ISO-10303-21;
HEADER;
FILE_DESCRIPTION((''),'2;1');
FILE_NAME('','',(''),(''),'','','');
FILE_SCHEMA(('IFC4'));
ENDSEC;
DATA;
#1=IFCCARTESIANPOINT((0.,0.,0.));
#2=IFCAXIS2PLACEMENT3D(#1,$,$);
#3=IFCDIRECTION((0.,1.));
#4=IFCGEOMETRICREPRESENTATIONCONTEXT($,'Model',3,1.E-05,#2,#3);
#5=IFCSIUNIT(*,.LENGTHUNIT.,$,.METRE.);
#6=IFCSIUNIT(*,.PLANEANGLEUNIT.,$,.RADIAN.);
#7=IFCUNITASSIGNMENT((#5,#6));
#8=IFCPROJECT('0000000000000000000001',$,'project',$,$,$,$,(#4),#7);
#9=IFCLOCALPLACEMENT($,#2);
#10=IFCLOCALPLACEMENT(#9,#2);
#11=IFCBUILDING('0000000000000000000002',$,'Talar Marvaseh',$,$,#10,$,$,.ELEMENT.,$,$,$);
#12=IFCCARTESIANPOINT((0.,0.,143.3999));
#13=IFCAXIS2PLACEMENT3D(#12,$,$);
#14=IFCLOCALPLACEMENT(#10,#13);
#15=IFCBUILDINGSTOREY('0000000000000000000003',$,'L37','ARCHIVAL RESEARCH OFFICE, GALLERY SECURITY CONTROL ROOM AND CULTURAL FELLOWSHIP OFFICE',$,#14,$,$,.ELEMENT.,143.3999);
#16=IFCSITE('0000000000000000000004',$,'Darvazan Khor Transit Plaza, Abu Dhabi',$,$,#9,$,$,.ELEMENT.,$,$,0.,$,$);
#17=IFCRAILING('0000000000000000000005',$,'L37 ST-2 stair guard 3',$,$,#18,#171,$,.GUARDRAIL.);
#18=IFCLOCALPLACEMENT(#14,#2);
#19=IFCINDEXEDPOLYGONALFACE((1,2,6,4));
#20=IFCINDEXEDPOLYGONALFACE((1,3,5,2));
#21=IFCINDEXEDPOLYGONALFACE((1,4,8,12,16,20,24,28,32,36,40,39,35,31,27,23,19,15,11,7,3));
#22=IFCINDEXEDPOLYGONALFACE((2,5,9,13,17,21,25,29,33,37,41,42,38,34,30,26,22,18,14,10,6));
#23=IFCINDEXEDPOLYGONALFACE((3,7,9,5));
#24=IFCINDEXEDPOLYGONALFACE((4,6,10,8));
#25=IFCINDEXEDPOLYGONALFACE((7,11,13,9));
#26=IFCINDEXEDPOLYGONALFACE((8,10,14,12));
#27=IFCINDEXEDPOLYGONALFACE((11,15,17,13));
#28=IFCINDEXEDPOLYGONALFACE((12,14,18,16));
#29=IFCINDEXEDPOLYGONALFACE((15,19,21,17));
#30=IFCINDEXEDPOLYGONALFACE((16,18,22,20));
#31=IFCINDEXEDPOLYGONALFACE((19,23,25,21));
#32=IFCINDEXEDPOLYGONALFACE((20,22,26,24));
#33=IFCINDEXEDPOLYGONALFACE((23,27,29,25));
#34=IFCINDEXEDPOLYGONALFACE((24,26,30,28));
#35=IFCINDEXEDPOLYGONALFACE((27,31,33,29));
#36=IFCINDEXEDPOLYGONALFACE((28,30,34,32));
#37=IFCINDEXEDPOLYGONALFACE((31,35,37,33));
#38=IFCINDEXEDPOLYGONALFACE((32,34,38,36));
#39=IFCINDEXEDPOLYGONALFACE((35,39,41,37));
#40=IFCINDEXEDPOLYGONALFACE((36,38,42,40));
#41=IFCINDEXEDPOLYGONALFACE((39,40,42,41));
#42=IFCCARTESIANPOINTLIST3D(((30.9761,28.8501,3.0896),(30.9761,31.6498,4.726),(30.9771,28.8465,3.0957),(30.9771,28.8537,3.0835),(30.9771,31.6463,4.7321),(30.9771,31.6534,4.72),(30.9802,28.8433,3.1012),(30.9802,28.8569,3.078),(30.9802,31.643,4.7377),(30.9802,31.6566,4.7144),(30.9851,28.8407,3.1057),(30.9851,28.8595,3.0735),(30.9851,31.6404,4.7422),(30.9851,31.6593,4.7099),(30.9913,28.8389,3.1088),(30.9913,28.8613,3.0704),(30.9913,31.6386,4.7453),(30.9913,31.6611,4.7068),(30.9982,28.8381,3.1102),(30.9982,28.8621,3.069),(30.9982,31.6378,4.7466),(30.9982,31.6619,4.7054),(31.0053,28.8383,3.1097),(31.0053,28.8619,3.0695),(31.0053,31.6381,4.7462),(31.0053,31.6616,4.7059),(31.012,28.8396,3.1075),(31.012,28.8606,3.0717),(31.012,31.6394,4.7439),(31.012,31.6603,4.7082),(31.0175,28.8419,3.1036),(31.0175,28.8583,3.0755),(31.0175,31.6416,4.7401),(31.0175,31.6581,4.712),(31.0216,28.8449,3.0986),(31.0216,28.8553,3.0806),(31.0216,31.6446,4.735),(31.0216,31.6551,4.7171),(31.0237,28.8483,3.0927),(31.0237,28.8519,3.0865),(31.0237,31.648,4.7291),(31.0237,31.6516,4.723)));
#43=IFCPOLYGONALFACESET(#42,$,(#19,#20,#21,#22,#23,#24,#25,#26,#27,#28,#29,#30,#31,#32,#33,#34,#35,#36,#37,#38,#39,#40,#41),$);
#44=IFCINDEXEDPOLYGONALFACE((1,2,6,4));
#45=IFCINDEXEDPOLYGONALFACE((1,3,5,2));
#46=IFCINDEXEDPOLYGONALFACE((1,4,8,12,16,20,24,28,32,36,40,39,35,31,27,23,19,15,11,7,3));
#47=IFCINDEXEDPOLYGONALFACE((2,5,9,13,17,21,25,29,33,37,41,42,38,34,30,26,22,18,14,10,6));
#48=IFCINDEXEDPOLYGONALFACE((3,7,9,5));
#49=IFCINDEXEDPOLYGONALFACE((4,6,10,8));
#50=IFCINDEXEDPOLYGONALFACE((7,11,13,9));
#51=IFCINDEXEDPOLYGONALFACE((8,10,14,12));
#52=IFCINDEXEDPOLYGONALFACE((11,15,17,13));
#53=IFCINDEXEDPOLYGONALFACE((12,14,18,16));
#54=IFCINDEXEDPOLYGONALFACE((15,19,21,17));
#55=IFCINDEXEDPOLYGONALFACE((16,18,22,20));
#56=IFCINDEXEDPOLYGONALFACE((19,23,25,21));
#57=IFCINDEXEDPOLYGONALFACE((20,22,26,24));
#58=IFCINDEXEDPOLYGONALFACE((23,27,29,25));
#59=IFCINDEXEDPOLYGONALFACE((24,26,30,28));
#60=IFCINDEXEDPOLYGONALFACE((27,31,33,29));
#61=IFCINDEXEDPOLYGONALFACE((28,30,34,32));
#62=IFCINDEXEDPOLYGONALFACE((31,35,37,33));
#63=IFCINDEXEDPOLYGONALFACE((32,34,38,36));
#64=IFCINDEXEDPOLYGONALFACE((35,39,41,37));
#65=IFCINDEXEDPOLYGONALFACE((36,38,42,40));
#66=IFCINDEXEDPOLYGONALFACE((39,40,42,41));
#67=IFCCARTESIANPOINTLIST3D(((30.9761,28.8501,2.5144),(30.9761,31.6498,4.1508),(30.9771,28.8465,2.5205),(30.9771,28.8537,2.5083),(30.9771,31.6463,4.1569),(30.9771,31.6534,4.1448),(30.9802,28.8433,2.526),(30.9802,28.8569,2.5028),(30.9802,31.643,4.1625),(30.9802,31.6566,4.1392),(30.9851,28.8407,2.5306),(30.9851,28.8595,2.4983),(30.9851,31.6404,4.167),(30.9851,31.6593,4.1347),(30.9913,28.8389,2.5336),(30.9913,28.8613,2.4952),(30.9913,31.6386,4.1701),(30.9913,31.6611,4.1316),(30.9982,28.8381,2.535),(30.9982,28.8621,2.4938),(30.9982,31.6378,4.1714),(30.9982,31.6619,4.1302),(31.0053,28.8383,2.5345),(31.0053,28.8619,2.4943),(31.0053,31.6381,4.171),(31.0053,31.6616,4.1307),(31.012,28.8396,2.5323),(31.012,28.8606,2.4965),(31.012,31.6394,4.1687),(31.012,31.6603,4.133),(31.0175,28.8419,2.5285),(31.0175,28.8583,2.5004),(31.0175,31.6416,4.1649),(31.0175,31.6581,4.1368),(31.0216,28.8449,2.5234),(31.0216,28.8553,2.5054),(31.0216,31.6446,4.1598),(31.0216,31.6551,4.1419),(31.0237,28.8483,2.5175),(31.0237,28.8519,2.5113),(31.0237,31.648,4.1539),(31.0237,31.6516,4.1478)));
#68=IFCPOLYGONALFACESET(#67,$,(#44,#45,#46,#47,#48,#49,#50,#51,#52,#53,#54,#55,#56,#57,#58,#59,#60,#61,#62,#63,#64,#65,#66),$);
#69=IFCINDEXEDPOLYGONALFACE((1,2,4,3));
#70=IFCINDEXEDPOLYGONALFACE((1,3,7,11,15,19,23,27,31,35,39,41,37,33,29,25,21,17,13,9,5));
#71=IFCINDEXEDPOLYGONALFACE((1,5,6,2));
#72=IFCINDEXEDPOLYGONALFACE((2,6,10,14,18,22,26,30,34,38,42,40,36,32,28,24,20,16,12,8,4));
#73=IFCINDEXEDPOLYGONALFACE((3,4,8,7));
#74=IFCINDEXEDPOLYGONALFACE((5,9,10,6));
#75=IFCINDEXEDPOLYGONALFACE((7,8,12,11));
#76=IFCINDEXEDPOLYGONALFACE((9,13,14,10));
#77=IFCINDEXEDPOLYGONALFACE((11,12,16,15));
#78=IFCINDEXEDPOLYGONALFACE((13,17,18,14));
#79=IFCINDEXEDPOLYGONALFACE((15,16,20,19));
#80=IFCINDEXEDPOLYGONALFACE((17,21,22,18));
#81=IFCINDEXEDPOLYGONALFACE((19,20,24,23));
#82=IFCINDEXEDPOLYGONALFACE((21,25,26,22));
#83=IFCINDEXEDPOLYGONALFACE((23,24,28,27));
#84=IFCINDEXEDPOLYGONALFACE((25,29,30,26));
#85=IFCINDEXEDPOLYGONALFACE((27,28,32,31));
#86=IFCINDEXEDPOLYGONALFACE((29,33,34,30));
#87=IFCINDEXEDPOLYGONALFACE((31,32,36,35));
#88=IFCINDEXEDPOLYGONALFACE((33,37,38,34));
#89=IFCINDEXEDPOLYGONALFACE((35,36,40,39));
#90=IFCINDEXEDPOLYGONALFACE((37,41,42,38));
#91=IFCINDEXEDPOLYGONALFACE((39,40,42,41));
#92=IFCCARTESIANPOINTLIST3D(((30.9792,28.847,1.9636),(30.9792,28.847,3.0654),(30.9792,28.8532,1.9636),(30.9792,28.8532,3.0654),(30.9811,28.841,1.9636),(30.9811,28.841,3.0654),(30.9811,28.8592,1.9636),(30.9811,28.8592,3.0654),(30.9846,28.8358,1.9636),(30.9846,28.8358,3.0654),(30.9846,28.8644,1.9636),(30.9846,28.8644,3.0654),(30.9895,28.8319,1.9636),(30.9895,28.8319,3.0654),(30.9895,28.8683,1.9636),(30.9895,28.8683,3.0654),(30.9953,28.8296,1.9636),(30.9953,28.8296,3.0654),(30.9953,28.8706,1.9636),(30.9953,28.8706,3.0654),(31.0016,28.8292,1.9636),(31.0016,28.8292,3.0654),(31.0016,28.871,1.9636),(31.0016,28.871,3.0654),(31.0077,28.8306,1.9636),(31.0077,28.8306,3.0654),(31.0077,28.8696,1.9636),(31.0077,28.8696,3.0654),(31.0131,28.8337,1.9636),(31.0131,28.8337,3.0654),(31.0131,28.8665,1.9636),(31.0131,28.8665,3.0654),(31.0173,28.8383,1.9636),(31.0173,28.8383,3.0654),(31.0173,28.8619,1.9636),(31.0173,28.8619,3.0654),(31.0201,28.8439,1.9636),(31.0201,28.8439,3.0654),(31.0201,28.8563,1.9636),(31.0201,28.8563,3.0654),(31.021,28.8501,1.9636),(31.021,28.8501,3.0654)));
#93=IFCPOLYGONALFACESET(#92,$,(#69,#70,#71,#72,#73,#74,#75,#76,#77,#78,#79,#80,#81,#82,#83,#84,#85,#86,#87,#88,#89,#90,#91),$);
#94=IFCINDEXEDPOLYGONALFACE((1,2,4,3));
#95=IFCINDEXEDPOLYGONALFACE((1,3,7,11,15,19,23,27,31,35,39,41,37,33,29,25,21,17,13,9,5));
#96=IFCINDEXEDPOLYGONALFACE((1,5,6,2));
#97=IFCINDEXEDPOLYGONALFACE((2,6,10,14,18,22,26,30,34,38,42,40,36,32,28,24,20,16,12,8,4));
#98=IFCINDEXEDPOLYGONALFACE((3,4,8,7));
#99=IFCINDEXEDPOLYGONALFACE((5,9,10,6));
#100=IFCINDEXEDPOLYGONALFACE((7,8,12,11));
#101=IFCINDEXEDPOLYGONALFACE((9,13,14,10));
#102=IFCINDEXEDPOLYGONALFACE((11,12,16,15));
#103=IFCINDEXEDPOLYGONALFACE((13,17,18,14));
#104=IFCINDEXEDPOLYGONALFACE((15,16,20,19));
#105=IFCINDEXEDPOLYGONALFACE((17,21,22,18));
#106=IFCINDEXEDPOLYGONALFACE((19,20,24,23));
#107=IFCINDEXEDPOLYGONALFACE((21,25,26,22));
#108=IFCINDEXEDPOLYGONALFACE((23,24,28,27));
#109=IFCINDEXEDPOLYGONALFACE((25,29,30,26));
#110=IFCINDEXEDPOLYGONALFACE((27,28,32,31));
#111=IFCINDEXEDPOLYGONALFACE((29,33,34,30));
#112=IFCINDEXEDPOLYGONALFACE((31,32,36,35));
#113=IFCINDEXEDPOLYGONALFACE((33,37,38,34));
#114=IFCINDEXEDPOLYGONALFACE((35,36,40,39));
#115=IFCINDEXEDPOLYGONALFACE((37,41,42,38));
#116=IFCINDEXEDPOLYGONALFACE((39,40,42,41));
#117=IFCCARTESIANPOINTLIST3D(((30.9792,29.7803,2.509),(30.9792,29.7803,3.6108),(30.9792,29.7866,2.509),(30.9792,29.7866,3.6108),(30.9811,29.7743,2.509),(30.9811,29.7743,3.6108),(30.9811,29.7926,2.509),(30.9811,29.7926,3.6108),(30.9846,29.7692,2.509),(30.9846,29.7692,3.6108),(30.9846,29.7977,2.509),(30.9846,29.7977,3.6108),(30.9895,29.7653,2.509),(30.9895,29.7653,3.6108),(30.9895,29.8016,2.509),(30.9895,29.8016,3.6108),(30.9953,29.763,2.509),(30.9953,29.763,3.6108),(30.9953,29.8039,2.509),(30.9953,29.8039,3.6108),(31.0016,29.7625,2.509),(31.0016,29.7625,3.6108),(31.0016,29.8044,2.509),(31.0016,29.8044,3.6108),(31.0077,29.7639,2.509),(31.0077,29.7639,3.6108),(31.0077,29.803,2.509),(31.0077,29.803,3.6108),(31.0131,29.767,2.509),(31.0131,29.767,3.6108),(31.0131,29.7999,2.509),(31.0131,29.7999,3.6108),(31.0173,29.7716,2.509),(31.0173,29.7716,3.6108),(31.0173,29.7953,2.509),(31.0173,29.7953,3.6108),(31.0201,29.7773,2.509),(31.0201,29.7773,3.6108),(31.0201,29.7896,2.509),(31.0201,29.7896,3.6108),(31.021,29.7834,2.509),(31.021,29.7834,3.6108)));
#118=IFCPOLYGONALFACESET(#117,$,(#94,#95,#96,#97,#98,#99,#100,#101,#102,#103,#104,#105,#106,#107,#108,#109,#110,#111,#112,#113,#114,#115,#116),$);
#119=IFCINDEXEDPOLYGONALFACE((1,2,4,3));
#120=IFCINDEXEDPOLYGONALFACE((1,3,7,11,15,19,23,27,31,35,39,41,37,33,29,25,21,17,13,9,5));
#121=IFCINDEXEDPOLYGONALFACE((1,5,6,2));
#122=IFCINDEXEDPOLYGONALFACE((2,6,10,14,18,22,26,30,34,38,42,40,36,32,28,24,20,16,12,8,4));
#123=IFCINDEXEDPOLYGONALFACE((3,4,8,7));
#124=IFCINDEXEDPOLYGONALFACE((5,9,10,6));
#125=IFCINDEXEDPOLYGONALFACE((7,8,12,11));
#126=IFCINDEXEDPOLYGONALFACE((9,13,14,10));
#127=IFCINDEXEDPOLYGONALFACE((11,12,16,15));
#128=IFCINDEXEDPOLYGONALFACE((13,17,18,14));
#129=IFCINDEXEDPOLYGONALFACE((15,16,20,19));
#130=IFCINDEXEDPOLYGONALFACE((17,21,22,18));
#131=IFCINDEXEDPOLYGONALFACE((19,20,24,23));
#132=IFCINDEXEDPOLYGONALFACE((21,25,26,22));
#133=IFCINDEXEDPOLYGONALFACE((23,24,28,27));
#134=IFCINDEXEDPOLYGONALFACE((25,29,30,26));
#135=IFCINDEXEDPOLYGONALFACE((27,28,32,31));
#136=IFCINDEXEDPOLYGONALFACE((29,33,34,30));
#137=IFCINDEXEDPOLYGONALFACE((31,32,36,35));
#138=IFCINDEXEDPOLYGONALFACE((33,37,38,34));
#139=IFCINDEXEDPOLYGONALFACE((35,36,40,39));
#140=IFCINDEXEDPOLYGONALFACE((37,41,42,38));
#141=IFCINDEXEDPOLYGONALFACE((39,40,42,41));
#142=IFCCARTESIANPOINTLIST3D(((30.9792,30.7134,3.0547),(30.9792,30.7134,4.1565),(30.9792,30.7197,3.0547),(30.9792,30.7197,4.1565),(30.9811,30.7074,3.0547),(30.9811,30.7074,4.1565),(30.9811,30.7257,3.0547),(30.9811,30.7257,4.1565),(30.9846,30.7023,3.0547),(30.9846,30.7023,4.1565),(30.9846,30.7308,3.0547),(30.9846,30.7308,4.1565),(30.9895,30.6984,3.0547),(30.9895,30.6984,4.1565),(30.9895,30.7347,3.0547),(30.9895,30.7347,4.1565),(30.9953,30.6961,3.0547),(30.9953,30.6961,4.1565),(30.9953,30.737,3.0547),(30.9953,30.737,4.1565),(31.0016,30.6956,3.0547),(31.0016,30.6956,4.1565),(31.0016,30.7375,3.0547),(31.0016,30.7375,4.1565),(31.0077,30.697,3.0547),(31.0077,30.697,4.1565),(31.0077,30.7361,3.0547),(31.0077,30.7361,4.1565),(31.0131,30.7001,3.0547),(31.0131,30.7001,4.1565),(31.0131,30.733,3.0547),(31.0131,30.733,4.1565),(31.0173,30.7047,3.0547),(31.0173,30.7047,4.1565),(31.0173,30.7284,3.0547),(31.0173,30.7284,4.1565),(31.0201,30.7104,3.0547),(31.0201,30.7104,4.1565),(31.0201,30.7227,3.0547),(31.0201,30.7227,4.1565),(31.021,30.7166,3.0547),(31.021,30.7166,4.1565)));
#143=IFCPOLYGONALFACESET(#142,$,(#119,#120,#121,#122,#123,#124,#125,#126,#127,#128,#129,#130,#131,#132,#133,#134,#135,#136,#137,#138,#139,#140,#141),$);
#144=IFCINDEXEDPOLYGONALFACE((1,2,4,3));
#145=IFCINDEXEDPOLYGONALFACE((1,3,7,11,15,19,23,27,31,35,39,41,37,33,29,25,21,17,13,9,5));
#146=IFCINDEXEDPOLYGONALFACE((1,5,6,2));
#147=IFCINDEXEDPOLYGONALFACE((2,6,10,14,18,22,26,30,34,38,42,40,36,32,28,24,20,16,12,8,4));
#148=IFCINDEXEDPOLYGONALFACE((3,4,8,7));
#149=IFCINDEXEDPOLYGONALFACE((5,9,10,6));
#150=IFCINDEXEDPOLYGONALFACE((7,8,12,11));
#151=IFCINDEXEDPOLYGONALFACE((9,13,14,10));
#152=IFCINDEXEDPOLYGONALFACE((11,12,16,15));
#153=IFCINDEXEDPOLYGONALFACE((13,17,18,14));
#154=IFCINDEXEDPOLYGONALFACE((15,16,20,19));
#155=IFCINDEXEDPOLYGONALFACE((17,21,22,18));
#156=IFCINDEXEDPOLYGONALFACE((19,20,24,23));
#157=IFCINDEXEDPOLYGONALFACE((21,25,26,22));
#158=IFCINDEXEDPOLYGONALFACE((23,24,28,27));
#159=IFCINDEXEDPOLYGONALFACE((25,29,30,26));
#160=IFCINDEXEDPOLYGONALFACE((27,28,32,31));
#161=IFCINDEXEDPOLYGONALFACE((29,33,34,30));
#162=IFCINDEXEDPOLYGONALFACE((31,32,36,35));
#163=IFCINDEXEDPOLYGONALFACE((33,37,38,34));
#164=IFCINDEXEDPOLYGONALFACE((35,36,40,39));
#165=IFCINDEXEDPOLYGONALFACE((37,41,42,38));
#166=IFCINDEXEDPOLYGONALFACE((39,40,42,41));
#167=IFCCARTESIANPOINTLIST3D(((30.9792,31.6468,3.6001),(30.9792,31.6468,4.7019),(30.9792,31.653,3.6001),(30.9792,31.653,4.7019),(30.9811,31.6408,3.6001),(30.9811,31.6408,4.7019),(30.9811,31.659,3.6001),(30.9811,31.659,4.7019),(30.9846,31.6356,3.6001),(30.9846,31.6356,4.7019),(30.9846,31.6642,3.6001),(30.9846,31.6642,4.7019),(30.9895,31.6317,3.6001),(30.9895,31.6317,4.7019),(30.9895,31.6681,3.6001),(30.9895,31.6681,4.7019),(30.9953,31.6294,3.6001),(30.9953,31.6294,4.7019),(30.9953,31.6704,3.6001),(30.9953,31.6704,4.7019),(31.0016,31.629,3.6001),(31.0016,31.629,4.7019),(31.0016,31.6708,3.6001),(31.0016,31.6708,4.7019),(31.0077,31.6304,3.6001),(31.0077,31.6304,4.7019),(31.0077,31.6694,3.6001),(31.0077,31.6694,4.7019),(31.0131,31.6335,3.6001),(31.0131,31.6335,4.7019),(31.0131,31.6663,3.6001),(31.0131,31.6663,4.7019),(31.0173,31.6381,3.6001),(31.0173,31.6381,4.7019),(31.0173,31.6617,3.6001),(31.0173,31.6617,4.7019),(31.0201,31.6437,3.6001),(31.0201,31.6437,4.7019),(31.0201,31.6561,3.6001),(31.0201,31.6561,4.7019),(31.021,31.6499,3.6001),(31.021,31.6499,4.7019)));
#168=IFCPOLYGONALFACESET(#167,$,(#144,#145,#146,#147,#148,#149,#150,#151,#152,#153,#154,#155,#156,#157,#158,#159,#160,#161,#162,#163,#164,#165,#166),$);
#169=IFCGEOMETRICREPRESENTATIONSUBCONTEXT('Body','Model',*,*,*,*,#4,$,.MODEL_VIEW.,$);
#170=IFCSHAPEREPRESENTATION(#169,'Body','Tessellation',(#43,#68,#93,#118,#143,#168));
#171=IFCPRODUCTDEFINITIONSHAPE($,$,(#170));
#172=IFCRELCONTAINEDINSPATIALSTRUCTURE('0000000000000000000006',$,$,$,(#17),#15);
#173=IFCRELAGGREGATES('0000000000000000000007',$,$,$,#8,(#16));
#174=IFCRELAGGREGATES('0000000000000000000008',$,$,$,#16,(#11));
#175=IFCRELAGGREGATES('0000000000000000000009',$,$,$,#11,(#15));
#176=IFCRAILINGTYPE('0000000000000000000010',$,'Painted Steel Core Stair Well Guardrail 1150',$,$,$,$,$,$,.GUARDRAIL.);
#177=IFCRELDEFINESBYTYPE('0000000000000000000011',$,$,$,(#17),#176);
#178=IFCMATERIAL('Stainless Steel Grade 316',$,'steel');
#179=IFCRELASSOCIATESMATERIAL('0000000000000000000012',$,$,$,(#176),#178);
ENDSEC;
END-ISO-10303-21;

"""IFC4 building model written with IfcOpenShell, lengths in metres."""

from ifc_helpers import new_model, si_unit, direction, frame, origin, origin_2d, place, context, subcontext, project, spatial, circle, extrude, material, type_object, element, save


model = new_model("IFC4")

# Units and contexts
model_context = context("Model", 3, precision=1e-05, world=origin(), true_north=direction((0.0, 1.0)))
body_context = subcontext(model_context, "Body", "Model", "MODEL_VIEW")
ifc_project = project(units=[si_unit("LENGTHUNIT", "METRE"), si_unit("PLANEANGLEUNIT", "RADIAN")], contexts=[model_context])

# Site, building, storey
site_placement = place(None, origin())
site = spatial("IfcSite", under=ifc_project, at=site_placement, Name="Darvazan Khor Transit Plaza, Abu Dhabi", CompositionType="ELEMENT", RefElevation=0.0)
building_placement = place(site_placement, origin())
building = spatial("IfcBuilding", under=site, at=building_placement, Name="Talar Marvaseh", CompositionType="ELEMENT")
storey_placement = place(building_placement, frame((0.0, 0.0, 143.3999)))
storey = spatial("IfcBuildingStorey", under=building, at=storey_placement, Name="L37", Description="ARCHIVAL RESEARCH OFFICE, GALLERY SECURITY CONTROL ROOM AND CULTURAL FELLOWSHIP OFFICE", CompositionType="ELEMENT", Elevation=143.3999)

# Shared definitions
ifc_material_1 = material(Name="Stainless Steel Grade 316", Category="steel")

# Railing
railing_type_1 = type_object("IfcRailingType", Name="Painted Steel Core Stair Well Guardrail 1150", PredefinedType="GUARDRAIL", material=ifc_material_1)
railing_1_placement = place(storey_placement, frame((31.0, 28.8501, 1.9636)))
element("IfcRailing", 1, at=railing_1_placement, inside=storey, type_object=railing_type_1, Name="L37 ST-2 stair guard 3", PredefinedType="GUARDRAIL", context=body_context, shape_type="SweptSolid", body=[
    extrude(circle(Radius=0.0239, at=origin_2d()), frame((0.0, 0.0, 1.126), z_axis=(0.0, 0.863342, 0.50462), x_axis=(-1.0, 0.0, 0.0)), (0.0, 0.0, 1.0), 3.2429),
    extrude(circle(Radius=0.0239, at=origin_2d()), frame((0.0, 0.0, 0.5508), z_axis=(0.0, 0.863342, 0.50462), x_axis=(-1.0, 0.0, 0.0)), (0.0, 0.0, 1.0), 3.2429),
    extrude(circle(Radius=0.021, at=origin_2d()), origin(), (0.0, 0.0, 1.0), 1.1018),
    extrude(circle(Radius=0.021, at=origin_2d()), frame((0.0, 0.9333, 0.5454)), (0.0, 0.0, 1.0), 1.1018),
    extrude(circle(Radius=0.021, at=origin_2d()), frame((0.0, 1.8665, 1.0911)), (0.0, 0.0, 1.0), 1.1018),
    extrude(circle(Radius=0.021, at=origin_2d()), frame((0.0, 2.7998, 1.6365)), (0.0, 0.0, 1.0), 1.1018),
])

save(model, "model.ifc")
